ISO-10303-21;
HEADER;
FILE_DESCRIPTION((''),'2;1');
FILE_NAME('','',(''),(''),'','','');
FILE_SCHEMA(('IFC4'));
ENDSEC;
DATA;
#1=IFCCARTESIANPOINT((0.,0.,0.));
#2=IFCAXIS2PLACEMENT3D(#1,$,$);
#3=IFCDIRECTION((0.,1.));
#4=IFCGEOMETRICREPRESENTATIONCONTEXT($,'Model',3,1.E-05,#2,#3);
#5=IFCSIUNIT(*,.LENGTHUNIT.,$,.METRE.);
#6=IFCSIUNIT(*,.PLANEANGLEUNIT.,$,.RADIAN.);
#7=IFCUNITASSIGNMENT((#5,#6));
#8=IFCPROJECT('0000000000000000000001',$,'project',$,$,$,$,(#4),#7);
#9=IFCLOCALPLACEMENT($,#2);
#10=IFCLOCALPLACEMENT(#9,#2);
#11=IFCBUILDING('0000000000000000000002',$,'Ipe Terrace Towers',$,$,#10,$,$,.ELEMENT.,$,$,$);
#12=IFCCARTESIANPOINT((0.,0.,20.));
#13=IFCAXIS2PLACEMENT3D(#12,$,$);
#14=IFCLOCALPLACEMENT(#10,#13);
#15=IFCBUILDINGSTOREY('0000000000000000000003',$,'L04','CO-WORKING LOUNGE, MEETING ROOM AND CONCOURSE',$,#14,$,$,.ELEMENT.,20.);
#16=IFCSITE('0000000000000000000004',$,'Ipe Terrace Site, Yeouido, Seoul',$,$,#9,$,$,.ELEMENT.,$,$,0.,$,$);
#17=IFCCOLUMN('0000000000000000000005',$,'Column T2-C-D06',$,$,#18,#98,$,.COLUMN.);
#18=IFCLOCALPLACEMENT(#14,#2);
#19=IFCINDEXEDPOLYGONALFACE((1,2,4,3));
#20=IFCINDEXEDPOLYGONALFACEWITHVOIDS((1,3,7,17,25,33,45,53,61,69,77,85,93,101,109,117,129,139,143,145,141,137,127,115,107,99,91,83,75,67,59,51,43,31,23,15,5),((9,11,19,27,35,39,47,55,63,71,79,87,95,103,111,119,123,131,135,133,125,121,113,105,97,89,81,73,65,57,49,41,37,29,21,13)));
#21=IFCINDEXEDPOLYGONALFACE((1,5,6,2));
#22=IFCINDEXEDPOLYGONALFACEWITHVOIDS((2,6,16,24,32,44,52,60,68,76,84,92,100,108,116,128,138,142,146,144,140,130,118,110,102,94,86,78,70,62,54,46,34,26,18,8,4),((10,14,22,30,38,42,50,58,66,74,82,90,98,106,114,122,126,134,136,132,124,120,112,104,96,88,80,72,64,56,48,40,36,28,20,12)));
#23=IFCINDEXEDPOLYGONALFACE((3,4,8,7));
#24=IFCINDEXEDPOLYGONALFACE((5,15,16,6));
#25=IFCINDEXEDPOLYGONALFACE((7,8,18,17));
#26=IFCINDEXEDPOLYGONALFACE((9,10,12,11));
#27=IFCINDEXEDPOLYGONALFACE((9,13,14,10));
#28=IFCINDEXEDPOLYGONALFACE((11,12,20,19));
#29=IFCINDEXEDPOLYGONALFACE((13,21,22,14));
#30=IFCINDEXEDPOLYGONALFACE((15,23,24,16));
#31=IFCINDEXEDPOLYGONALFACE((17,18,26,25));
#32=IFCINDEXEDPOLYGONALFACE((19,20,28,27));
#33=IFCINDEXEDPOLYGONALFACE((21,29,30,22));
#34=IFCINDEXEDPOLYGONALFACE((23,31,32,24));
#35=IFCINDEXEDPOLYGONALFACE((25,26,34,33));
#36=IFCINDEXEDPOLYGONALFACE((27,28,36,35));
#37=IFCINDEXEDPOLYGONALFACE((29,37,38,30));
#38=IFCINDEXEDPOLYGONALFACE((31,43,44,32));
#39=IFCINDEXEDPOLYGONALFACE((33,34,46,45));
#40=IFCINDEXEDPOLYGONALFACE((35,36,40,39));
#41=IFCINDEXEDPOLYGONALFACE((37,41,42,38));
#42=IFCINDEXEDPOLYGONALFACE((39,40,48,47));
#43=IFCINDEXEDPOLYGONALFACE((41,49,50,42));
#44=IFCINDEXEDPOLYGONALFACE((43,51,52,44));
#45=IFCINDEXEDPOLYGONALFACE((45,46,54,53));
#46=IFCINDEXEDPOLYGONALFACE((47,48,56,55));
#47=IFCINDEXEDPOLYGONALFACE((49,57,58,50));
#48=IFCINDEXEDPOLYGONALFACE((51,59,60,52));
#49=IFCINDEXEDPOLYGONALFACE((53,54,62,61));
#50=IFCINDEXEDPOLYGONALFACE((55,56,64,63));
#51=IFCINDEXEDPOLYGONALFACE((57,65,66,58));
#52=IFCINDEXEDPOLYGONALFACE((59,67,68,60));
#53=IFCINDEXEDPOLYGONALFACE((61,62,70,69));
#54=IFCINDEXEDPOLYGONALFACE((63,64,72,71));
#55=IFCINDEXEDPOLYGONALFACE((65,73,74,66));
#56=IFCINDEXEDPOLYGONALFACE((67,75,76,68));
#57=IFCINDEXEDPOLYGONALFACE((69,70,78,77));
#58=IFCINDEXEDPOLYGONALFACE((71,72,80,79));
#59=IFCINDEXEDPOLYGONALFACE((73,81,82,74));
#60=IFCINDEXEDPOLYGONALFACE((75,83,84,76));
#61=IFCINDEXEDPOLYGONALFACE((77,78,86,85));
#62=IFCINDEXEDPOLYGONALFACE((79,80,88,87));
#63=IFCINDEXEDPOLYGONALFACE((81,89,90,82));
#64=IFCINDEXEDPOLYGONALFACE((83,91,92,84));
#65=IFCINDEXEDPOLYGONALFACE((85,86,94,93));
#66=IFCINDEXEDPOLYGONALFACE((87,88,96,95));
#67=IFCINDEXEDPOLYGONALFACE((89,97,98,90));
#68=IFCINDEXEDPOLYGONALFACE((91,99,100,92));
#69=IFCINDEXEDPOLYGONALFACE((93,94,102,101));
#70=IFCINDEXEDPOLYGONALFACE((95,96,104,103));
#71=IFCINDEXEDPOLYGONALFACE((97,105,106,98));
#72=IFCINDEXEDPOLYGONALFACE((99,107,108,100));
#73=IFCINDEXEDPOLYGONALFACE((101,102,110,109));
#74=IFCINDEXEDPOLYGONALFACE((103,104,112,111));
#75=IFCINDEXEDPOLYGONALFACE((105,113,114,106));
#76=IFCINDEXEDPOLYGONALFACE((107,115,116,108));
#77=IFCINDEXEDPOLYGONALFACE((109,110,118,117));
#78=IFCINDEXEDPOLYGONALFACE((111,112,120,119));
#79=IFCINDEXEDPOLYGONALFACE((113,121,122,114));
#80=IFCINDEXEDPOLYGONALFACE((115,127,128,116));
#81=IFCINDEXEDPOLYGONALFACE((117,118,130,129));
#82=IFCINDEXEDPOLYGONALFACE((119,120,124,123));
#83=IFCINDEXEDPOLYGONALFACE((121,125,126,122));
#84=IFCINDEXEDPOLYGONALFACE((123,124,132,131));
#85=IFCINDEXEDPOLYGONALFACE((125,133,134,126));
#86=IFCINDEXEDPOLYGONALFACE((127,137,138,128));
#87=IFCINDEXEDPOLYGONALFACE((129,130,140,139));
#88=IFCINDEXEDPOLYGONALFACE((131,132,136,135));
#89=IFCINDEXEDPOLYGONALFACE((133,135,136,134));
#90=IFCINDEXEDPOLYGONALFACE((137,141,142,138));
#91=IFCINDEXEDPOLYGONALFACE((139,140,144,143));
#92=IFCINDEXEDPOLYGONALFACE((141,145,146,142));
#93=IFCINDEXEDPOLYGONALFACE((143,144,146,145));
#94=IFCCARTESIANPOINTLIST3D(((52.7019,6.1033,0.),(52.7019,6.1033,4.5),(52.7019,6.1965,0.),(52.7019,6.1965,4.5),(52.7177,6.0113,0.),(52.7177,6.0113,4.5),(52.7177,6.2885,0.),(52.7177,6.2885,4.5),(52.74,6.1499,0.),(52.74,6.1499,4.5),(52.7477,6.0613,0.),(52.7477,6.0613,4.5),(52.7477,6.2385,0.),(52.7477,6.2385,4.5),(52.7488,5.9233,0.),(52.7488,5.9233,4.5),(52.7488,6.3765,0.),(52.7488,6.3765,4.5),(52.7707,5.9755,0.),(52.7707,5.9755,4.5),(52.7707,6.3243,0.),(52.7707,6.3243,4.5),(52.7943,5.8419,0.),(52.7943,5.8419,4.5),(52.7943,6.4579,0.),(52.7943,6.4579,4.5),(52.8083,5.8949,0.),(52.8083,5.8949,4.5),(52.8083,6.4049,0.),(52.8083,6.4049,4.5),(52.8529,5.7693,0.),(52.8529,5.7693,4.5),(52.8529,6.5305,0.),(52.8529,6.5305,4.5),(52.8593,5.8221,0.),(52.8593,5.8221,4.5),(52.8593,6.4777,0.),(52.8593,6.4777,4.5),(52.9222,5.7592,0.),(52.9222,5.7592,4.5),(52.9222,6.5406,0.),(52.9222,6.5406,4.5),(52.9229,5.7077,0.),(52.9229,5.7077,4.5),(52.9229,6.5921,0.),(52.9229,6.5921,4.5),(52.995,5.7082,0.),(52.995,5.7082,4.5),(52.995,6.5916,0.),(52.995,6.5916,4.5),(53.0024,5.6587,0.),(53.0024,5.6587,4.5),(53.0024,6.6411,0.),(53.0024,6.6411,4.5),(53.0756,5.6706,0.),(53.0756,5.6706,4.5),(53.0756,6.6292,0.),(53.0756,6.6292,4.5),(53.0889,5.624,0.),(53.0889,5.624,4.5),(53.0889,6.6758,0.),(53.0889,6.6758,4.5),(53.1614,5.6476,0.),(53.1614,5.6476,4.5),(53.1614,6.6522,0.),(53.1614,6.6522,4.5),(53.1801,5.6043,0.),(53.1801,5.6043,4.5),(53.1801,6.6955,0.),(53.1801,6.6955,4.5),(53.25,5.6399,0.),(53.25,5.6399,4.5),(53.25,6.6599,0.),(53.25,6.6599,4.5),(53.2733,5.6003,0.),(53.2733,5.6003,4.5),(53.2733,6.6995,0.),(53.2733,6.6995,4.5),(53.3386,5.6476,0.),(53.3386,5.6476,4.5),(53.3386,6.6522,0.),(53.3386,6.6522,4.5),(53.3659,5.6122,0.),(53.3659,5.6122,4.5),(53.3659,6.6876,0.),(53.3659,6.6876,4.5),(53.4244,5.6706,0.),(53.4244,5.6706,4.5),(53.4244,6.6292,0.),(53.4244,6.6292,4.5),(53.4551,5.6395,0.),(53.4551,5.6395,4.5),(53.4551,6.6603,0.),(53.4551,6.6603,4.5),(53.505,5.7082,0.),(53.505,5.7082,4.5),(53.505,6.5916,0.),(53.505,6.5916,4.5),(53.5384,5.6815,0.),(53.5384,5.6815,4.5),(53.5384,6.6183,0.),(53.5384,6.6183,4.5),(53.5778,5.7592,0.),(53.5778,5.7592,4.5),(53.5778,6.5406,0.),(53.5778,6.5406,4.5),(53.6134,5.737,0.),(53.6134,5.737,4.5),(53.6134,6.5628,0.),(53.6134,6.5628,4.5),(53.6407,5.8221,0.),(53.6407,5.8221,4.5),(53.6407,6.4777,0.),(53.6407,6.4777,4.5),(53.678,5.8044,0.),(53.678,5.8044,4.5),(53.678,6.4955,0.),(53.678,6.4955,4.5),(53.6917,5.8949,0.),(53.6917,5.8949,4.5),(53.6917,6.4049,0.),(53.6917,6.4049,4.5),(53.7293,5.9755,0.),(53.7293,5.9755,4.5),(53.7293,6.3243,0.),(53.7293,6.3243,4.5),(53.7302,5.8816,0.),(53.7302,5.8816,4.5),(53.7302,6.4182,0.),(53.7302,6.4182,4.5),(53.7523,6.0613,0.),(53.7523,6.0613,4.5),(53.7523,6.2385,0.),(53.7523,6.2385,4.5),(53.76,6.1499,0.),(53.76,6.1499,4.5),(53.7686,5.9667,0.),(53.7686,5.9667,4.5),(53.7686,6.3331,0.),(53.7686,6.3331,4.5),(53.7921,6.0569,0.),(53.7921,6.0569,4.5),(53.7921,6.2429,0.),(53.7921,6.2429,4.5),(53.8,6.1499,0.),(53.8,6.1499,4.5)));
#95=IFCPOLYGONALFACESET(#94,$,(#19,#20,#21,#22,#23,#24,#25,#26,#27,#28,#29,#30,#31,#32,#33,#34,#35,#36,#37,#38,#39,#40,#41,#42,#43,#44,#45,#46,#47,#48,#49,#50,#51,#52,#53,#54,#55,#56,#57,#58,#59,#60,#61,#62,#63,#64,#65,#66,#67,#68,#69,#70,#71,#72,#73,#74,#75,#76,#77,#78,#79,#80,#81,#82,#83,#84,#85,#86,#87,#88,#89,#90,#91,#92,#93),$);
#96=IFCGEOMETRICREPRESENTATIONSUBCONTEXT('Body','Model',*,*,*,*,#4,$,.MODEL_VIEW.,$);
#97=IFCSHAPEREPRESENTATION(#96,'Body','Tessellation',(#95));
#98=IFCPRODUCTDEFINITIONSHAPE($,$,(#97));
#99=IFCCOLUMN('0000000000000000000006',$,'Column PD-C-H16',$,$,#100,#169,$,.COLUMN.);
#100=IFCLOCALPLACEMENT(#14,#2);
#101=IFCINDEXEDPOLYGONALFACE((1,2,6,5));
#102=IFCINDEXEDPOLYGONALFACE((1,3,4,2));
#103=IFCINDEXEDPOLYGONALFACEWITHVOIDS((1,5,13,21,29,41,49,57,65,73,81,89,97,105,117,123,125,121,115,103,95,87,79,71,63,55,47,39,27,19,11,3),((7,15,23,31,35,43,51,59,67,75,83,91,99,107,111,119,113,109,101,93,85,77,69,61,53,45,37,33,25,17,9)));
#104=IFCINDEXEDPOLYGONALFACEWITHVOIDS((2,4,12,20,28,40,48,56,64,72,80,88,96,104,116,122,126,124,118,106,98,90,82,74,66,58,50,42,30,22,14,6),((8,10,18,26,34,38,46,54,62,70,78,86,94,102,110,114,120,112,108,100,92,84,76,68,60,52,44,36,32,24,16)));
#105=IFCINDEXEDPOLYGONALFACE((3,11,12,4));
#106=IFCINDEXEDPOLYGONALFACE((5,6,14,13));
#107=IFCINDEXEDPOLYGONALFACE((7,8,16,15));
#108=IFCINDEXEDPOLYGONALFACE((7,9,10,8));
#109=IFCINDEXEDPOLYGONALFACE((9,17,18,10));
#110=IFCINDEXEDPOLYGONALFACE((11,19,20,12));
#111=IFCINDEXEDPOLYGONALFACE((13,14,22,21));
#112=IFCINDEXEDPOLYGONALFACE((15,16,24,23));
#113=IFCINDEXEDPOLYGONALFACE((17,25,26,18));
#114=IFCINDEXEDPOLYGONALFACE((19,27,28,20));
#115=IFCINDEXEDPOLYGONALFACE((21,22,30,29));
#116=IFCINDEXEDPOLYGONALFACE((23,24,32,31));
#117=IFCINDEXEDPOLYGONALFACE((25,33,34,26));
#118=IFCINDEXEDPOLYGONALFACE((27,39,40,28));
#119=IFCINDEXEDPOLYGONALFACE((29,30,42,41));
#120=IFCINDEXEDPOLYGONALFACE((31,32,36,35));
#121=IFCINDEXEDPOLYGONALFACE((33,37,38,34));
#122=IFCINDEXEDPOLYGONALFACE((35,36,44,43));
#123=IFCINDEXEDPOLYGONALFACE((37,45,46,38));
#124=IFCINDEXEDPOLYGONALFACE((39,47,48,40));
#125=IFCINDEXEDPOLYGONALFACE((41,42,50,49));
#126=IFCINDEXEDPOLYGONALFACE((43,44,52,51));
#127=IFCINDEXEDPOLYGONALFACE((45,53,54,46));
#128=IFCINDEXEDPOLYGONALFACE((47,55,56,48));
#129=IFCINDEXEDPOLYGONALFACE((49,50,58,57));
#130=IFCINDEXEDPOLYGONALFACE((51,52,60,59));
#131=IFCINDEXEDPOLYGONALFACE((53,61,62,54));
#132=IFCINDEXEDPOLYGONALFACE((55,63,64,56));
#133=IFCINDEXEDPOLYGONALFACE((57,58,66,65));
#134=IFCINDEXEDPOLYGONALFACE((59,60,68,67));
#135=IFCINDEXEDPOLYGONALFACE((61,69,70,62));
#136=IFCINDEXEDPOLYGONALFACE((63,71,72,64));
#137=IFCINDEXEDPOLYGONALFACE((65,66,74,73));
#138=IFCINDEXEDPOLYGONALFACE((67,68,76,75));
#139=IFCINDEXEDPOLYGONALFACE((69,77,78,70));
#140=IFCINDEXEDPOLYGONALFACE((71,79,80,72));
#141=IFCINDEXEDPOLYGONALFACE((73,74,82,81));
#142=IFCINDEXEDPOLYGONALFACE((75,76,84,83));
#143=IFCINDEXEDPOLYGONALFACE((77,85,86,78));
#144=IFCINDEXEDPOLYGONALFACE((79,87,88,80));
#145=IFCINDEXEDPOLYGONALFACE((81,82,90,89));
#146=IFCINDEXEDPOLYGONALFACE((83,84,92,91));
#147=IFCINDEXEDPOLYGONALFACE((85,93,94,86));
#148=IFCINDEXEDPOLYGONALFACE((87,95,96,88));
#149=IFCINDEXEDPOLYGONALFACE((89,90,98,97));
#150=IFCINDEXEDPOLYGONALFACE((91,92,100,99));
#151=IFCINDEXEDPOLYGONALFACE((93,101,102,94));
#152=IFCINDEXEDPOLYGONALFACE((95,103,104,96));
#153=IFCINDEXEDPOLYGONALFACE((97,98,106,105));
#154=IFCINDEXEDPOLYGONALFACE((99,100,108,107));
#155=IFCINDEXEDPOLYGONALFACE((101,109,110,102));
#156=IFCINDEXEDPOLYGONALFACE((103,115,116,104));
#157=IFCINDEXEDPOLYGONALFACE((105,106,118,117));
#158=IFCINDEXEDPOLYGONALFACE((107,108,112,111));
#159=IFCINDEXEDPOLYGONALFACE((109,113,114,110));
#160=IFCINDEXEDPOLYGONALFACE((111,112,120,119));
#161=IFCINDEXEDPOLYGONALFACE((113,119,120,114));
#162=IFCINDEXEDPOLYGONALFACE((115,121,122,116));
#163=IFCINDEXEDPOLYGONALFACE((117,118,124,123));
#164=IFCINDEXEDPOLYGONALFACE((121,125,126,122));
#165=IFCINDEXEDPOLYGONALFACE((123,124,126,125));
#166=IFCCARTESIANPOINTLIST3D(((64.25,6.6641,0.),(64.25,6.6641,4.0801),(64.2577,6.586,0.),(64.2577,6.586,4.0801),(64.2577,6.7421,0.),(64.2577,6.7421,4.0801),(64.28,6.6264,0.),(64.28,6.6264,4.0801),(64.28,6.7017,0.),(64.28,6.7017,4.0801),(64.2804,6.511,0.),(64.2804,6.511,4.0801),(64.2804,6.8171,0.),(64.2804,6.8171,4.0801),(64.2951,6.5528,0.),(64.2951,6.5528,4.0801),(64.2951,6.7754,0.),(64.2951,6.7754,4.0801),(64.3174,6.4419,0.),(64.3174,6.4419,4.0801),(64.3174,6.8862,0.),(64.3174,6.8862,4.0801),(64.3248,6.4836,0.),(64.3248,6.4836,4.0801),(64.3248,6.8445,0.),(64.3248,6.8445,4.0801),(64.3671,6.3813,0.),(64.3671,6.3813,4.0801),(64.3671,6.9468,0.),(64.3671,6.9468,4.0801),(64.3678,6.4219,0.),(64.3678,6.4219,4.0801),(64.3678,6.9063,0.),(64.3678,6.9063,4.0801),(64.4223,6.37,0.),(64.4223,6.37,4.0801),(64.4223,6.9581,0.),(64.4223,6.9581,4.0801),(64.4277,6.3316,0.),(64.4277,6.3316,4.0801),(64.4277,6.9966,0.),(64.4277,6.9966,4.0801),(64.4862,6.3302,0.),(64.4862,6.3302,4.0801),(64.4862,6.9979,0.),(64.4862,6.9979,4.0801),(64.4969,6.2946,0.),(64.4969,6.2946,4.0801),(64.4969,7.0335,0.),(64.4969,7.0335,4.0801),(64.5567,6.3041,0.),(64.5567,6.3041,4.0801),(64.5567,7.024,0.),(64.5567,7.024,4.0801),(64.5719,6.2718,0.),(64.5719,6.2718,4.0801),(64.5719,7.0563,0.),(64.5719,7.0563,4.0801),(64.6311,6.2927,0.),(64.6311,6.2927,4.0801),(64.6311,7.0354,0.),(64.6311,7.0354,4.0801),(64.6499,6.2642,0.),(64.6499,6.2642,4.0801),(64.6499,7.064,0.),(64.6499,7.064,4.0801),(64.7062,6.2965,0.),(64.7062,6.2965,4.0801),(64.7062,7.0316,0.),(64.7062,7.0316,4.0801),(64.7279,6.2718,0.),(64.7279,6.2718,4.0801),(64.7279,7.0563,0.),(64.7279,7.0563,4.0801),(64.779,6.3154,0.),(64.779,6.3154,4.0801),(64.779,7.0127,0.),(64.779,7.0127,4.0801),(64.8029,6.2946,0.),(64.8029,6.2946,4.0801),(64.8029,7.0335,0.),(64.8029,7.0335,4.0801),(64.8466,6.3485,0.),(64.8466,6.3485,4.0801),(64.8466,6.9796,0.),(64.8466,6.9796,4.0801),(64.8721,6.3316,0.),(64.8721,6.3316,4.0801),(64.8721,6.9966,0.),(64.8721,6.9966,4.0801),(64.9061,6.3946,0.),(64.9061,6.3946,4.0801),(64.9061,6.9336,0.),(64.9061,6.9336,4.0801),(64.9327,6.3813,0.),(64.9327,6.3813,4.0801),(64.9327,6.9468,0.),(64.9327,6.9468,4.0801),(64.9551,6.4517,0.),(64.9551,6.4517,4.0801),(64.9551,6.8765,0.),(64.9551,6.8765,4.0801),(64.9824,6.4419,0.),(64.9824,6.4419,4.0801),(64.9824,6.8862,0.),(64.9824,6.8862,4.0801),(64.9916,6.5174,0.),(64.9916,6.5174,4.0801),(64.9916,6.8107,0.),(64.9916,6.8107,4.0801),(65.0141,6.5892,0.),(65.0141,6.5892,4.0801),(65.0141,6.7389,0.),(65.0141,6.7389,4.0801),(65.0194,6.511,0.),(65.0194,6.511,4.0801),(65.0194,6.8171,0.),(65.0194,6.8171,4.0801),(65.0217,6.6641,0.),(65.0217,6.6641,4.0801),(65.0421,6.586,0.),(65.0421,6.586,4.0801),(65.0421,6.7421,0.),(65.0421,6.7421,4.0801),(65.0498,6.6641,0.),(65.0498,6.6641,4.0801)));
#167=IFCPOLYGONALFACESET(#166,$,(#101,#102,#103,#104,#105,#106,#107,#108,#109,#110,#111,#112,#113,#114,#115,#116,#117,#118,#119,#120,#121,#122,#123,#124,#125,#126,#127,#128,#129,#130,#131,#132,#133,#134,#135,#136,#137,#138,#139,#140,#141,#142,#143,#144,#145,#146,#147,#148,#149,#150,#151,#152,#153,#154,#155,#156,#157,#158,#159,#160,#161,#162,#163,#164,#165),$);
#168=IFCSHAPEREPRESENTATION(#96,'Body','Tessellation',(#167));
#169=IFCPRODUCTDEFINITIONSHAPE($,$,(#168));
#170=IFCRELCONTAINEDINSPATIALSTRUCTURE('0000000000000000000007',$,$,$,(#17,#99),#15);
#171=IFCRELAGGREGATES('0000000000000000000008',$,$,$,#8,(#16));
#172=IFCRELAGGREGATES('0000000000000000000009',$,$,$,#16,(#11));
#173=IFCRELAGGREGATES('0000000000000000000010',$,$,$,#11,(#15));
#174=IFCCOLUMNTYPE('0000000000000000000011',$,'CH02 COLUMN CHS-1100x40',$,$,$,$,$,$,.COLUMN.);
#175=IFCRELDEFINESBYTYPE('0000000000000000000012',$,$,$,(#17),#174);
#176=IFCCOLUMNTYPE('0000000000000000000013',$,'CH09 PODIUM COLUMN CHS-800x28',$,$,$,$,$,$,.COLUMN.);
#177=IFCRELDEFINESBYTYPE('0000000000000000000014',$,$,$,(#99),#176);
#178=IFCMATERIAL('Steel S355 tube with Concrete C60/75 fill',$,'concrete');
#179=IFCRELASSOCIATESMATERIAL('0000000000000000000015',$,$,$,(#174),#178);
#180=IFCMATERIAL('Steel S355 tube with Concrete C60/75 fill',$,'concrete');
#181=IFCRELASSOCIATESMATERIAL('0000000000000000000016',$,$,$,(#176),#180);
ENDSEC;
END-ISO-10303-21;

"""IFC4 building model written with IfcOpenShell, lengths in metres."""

from ifc_helpers import new_model, si_unit, direction, frame, origin, origin_2d, place, context, subcontext, project, spatial, hollow_circle, extrude, material, material_profile, profile_set, type_object, element, save


model = new_model("IFC4")

# Units and contexts
model_context = context("Model", 3, precision=1e-05, world=origin(), true_north=direction((0.0, 1.0)))
body_context = subcontext(model_context, "Body", "Model", "MODEL_VIEW")
ifc_project = project(units=[si_unit("LENGTHUNIT", "METRE"), si_unit("PLANEANGLEUNIT", "RADIAN")], contexts=[model_context])

# Site, building, storey
site_placement = place(None, origin())
site = spatial("IfcSite", under=ifc_project, at=site_placement, Name="Ipe Terrace Site, Yeouido, Seoul", CompositionType="ELEMENT", RefElevation=0.0)
building_placement = place(site_placement, origin())
building = spatial("IfcBuilding", under=site, at=building_placement, Name="Ipe Terrace Towers", CompositionType="ELEMENT")
storey_placement = place(building_placement, frame((0.0, 0.0, 20.0)))
storey = spatial("IfcBuildingStorey", under=building, at=storey_placement, Name="L04", Description="CO-WORKING LOUNGE, MEETING ROOM AND CONCOURSE", CompositionType="ELEMENT", Elevation=20.0)

# Columns
ifc_material_1 = material(Name="Steel S355 tube with Concrete C60/75 fill", Category="concrete")
ifc_material_profile_1 = material_profile(ifc_material_1, hollow_circle(Radius=0.55, WallThickness=0.04, at=origin_2d()), Name="CHS-1100x40")
ifc_profile_set_1 = profile_set([ifc_material_profile_1], Name="Steel S355 tube with Concrete C60/75 fill")
column_type_1 = type_object("IfcColumnType", Name="CH02 COLUMN CHS-1100x40", PredefinedType="COLUMN", material=ifc_profile_set_1)
column_placement = place(storey_placement, frame((53.25, 6.1499, 0.0), z_axis=(0.0, 0.0, 1.0), x_axis=(1.0, 0.0, 0.0)))
element("IfcColumn", 1, at=column_placement, inside=storey, type_object=column_type_1, Name="Column T2-C-D06", PredefinedType="COLUMN", context=body_context, shape_type="SweptSolid", body=[
    extrude(hollow_circle(Radius=0.55, WallThickness=0.04, at=origin_2d()), origin(), (0.0, 0.0, 1.0), 4.5),
])
ifc_material_2 = material(Name="Steel S355 tube with Concrete C60/75 fill", Category="concrete")
ifc_material_profile_2 = material_profile(ifc_material_2, hollow_circle(Radius=0.3999, WallThickness=0.0281, at=origin_2d()), Name="CHS-800x28")
ifc_profile_set_2 = profile_set([ifc_material_profile_2], Name="Steel S355 tube with Concrete C60/75 fill")
column_type_2 = type_object("IfcColumnType", Name="CH09 PODIUM COLUMN CHS-800x28", PredefinedType="COLUMN", material=ifc_profile_set_2)
for number, where, z_axis, x_axis, name in (
    (2, (64.6499, 6.6641, 0.0), (0.0, 0.0, 1.0), (1.0, 0.0, 0.0), "Column PD-C-H16"),
):
    element("IfcColumn", number, at=place(storey_placement, frame(where, z_axis=z_axis, x_axis=x_axis)), inside=storey, type_object=column_type_2, Name=name, PredefinedType="COLUMN", context=body_context, shape_type="SweptSolid", body=[
        extrude(hollow_circle(Radius=0.3999, WallThickness=0.0281, at=origin_2d()), origin(), (0.0, 0.0, 1.0), 4.0801),
    ])

save(model, "model.ifc")
